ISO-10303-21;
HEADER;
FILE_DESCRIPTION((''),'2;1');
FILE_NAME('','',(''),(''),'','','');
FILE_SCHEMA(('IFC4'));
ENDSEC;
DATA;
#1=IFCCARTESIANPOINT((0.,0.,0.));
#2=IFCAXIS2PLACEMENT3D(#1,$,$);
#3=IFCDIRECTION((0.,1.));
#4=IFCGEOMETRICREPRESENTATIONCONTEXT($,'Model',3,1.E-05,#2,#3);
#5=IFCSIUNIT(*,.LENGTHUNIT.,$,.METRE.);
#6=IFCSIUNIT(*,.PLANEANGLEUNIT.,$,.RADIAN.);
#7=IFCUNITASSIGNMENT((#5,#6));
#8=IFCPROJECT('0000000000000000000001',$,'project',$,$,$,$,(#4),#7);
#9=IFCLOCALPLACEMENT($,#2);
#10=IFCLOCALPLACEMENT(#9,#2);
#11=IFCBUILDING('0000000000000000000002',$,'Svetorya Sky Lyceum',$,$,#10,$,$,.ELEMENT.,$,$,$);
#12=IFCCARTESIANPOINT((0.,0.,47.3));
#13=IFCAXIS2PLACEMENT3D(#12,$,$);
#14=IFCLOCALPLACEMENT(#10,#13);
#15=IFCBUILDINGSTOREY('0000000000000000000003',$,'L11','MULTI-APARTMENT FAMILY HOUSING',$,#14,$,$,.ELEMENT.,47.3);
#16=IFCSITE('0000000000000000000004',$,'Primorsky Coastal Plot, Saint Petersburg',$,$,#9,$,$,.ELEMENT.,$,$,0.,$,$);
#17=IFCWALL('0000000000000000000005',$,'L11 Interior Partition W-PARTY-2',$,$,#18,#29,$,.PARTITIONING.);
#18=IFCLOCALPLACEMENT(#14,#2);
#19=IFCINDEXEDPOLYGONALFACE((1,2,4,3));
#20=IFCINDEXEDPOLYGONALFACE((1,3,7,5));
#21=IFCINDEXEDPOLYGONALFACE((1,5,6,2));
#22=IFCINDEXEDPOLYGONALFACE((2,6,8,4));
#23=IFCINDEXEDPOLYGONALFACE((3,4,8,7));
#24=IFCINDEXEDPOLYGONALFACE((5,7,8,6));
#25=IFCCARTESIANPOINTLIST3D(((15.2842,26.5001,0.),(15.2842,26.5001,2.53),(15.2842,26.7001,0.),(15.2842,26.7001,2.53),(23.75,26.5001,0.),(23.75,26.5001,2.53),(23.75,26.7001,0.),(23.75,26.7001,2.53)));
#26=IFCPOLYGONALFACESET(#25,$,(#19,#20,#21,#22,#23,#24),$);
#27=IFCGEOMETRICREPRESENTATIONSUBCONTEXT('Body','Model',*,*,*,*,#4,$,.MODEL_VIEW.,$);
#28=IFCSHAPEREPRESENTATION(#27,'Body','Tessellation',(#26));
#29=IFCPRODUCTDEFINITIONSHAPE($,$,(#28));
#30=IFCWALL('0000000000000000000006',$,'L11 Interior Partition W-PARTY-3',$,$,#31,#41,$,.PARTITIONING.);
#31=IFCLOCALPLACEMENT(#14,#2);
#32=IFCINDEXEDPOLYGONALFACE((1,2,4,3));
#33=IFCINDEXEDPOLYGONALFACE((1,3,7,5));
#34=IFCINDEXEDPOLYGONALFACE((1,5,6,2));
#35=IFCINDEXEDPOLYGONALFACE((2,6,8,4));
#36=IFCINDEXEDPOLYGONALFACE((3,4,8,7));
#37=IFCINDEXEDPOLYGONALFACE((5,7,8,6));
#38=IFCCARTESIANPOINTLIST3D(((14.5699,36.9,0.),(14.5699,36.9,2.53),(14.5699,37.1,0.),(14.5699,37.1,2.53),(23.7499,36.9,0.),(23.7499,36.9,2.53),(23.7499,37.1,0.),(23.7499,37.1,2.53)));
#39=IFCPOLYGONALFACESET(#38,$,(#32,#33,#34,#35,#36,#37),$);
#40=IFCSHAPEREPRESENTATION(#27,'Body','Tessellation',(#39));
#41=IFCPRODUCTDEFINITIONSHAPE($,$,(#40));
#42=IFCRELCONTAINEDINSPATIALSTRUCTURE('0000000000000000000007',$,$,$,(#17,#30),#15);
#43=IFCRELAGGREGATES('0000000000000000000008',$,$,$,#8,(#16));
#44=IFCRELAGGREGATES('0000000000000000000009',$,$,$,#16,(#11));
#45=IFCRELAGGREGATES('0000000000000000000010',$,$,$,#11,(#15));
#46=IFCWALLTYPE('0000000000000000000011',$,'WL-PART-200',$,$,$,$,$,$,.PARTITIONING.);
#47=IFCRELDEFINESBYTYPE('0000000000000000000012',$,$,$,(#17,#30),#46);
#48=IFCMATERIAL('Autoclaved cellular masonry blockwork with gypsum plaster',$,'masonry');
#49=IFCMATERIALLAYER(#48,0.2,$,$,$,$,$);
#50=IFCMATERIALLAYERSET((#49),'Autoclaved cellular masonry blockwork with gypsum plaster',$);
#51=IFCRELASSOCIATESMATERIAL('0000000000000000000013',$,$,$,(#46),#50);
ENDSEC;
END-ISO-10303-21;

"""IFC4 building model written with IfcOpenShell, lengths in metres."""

from ifc_helpers import new_model, si_unit, direction, frame, frame_2d, origin, place, context, subcontext, project, spatial, rectangle, extrude, material, layer, layer_set, type_object, element, save


model = new_model("IFC4")

# Units and contexts
model_context = context("Model", 3, precision=1e-05, world=origin(), true_north=direction((0.0, 1.0)))
body_context = subcontext(model_context, "Body", "Model", "MODEL_VIEW")
ifc_project = project(units=[si_unit("LENGTHUNIT", "METRE"), si_unit("PLANEANGLEUNIT", "RADIAN")], contexts=[model_context])

# Site, building, storey
site_placement = place(None, origin())
site = spatial("IfcSite", under=ifc_project, at=site_placement, Name="Primorsky Coastal Plot, Saint Petersburg", CompositionType="ELEMENT", RefElevation=0.0)
building_placement = place(site_placement, origin())
building = spatial("IfcBuilding", under=site, at=building_placement, Name="Svetorya Sky Lyceum", CompositionType="ELEMENT")
storey_placement = place(building_placement, frame((0.0, 0.0, 47.3)))
storey = spatial("IfcBuildingStorey", under=building, at=storey_placement, Name="L11", Description="MULTI-APARTMENT FAMILY HOUSING", CompositionType="ELEMENT", Elevation=47.3)

# Walls
ifc_material_1 = material(Name="Autoclaved cellular masonry blockwork with gypsum plaster", Category="masonry")
ifc_layer_1 = layer(ifc_material_1, 0.2)
ifc_layer_set_1 = layer_set([ifc_layer_1], Name="Autoclaved cellular masonry blockwork with gypsum plaster")
wall_type_1 = type_object("IfcWallType", Name="WL-PART-200", PredefinedType="PARTITIONING", material=ifc_layer_set_1)
wall_1_placement = place(storey_placement, frame((15.2842, 26.6001, 0.0), z_axis=(0.0, 0.0, 1.0), x_axis=(1.0, 0.0, 0.0)))
element("IfcWall", 1, at=wall_1_placement, inside=storey, type_object=wall_type_1, Name="L11 Interior Partition W-PARTY-2", PredefinedType="PARTITIONING", context=body_context, shape_type="SweptSolid", body=[
    extrude(rectangle(XDim=8.4658, YDim=0.2, at=frame_2d((4.2329, 0.0))), origin(), (0.0, 0.0, 1.0), 2.53),
])
wall_2_placement = place(storey_placement, frame((14.5701, 37.0, 0.0), z_axis=(0.0, 0.0, 1.0), x_axis=(1.0, 0.0, 0.0)))
element("IfcWall", 2, at=wall_2_placement, inside=storey, type_object=wall_type_1, Name="L11 Interior Partition W-PARTY-3", PredefinedType="PARTITIONING", context=body_context, shape_type="SweptSolid", body=[
    extrude(rectangle(XDim=9.1799, YDim=0.2, at=frame_2d((4.5898, 0.0))), origin(), (0.0, 0.0, 1.0), 2.53),
])

save(model, "model.ifc")
